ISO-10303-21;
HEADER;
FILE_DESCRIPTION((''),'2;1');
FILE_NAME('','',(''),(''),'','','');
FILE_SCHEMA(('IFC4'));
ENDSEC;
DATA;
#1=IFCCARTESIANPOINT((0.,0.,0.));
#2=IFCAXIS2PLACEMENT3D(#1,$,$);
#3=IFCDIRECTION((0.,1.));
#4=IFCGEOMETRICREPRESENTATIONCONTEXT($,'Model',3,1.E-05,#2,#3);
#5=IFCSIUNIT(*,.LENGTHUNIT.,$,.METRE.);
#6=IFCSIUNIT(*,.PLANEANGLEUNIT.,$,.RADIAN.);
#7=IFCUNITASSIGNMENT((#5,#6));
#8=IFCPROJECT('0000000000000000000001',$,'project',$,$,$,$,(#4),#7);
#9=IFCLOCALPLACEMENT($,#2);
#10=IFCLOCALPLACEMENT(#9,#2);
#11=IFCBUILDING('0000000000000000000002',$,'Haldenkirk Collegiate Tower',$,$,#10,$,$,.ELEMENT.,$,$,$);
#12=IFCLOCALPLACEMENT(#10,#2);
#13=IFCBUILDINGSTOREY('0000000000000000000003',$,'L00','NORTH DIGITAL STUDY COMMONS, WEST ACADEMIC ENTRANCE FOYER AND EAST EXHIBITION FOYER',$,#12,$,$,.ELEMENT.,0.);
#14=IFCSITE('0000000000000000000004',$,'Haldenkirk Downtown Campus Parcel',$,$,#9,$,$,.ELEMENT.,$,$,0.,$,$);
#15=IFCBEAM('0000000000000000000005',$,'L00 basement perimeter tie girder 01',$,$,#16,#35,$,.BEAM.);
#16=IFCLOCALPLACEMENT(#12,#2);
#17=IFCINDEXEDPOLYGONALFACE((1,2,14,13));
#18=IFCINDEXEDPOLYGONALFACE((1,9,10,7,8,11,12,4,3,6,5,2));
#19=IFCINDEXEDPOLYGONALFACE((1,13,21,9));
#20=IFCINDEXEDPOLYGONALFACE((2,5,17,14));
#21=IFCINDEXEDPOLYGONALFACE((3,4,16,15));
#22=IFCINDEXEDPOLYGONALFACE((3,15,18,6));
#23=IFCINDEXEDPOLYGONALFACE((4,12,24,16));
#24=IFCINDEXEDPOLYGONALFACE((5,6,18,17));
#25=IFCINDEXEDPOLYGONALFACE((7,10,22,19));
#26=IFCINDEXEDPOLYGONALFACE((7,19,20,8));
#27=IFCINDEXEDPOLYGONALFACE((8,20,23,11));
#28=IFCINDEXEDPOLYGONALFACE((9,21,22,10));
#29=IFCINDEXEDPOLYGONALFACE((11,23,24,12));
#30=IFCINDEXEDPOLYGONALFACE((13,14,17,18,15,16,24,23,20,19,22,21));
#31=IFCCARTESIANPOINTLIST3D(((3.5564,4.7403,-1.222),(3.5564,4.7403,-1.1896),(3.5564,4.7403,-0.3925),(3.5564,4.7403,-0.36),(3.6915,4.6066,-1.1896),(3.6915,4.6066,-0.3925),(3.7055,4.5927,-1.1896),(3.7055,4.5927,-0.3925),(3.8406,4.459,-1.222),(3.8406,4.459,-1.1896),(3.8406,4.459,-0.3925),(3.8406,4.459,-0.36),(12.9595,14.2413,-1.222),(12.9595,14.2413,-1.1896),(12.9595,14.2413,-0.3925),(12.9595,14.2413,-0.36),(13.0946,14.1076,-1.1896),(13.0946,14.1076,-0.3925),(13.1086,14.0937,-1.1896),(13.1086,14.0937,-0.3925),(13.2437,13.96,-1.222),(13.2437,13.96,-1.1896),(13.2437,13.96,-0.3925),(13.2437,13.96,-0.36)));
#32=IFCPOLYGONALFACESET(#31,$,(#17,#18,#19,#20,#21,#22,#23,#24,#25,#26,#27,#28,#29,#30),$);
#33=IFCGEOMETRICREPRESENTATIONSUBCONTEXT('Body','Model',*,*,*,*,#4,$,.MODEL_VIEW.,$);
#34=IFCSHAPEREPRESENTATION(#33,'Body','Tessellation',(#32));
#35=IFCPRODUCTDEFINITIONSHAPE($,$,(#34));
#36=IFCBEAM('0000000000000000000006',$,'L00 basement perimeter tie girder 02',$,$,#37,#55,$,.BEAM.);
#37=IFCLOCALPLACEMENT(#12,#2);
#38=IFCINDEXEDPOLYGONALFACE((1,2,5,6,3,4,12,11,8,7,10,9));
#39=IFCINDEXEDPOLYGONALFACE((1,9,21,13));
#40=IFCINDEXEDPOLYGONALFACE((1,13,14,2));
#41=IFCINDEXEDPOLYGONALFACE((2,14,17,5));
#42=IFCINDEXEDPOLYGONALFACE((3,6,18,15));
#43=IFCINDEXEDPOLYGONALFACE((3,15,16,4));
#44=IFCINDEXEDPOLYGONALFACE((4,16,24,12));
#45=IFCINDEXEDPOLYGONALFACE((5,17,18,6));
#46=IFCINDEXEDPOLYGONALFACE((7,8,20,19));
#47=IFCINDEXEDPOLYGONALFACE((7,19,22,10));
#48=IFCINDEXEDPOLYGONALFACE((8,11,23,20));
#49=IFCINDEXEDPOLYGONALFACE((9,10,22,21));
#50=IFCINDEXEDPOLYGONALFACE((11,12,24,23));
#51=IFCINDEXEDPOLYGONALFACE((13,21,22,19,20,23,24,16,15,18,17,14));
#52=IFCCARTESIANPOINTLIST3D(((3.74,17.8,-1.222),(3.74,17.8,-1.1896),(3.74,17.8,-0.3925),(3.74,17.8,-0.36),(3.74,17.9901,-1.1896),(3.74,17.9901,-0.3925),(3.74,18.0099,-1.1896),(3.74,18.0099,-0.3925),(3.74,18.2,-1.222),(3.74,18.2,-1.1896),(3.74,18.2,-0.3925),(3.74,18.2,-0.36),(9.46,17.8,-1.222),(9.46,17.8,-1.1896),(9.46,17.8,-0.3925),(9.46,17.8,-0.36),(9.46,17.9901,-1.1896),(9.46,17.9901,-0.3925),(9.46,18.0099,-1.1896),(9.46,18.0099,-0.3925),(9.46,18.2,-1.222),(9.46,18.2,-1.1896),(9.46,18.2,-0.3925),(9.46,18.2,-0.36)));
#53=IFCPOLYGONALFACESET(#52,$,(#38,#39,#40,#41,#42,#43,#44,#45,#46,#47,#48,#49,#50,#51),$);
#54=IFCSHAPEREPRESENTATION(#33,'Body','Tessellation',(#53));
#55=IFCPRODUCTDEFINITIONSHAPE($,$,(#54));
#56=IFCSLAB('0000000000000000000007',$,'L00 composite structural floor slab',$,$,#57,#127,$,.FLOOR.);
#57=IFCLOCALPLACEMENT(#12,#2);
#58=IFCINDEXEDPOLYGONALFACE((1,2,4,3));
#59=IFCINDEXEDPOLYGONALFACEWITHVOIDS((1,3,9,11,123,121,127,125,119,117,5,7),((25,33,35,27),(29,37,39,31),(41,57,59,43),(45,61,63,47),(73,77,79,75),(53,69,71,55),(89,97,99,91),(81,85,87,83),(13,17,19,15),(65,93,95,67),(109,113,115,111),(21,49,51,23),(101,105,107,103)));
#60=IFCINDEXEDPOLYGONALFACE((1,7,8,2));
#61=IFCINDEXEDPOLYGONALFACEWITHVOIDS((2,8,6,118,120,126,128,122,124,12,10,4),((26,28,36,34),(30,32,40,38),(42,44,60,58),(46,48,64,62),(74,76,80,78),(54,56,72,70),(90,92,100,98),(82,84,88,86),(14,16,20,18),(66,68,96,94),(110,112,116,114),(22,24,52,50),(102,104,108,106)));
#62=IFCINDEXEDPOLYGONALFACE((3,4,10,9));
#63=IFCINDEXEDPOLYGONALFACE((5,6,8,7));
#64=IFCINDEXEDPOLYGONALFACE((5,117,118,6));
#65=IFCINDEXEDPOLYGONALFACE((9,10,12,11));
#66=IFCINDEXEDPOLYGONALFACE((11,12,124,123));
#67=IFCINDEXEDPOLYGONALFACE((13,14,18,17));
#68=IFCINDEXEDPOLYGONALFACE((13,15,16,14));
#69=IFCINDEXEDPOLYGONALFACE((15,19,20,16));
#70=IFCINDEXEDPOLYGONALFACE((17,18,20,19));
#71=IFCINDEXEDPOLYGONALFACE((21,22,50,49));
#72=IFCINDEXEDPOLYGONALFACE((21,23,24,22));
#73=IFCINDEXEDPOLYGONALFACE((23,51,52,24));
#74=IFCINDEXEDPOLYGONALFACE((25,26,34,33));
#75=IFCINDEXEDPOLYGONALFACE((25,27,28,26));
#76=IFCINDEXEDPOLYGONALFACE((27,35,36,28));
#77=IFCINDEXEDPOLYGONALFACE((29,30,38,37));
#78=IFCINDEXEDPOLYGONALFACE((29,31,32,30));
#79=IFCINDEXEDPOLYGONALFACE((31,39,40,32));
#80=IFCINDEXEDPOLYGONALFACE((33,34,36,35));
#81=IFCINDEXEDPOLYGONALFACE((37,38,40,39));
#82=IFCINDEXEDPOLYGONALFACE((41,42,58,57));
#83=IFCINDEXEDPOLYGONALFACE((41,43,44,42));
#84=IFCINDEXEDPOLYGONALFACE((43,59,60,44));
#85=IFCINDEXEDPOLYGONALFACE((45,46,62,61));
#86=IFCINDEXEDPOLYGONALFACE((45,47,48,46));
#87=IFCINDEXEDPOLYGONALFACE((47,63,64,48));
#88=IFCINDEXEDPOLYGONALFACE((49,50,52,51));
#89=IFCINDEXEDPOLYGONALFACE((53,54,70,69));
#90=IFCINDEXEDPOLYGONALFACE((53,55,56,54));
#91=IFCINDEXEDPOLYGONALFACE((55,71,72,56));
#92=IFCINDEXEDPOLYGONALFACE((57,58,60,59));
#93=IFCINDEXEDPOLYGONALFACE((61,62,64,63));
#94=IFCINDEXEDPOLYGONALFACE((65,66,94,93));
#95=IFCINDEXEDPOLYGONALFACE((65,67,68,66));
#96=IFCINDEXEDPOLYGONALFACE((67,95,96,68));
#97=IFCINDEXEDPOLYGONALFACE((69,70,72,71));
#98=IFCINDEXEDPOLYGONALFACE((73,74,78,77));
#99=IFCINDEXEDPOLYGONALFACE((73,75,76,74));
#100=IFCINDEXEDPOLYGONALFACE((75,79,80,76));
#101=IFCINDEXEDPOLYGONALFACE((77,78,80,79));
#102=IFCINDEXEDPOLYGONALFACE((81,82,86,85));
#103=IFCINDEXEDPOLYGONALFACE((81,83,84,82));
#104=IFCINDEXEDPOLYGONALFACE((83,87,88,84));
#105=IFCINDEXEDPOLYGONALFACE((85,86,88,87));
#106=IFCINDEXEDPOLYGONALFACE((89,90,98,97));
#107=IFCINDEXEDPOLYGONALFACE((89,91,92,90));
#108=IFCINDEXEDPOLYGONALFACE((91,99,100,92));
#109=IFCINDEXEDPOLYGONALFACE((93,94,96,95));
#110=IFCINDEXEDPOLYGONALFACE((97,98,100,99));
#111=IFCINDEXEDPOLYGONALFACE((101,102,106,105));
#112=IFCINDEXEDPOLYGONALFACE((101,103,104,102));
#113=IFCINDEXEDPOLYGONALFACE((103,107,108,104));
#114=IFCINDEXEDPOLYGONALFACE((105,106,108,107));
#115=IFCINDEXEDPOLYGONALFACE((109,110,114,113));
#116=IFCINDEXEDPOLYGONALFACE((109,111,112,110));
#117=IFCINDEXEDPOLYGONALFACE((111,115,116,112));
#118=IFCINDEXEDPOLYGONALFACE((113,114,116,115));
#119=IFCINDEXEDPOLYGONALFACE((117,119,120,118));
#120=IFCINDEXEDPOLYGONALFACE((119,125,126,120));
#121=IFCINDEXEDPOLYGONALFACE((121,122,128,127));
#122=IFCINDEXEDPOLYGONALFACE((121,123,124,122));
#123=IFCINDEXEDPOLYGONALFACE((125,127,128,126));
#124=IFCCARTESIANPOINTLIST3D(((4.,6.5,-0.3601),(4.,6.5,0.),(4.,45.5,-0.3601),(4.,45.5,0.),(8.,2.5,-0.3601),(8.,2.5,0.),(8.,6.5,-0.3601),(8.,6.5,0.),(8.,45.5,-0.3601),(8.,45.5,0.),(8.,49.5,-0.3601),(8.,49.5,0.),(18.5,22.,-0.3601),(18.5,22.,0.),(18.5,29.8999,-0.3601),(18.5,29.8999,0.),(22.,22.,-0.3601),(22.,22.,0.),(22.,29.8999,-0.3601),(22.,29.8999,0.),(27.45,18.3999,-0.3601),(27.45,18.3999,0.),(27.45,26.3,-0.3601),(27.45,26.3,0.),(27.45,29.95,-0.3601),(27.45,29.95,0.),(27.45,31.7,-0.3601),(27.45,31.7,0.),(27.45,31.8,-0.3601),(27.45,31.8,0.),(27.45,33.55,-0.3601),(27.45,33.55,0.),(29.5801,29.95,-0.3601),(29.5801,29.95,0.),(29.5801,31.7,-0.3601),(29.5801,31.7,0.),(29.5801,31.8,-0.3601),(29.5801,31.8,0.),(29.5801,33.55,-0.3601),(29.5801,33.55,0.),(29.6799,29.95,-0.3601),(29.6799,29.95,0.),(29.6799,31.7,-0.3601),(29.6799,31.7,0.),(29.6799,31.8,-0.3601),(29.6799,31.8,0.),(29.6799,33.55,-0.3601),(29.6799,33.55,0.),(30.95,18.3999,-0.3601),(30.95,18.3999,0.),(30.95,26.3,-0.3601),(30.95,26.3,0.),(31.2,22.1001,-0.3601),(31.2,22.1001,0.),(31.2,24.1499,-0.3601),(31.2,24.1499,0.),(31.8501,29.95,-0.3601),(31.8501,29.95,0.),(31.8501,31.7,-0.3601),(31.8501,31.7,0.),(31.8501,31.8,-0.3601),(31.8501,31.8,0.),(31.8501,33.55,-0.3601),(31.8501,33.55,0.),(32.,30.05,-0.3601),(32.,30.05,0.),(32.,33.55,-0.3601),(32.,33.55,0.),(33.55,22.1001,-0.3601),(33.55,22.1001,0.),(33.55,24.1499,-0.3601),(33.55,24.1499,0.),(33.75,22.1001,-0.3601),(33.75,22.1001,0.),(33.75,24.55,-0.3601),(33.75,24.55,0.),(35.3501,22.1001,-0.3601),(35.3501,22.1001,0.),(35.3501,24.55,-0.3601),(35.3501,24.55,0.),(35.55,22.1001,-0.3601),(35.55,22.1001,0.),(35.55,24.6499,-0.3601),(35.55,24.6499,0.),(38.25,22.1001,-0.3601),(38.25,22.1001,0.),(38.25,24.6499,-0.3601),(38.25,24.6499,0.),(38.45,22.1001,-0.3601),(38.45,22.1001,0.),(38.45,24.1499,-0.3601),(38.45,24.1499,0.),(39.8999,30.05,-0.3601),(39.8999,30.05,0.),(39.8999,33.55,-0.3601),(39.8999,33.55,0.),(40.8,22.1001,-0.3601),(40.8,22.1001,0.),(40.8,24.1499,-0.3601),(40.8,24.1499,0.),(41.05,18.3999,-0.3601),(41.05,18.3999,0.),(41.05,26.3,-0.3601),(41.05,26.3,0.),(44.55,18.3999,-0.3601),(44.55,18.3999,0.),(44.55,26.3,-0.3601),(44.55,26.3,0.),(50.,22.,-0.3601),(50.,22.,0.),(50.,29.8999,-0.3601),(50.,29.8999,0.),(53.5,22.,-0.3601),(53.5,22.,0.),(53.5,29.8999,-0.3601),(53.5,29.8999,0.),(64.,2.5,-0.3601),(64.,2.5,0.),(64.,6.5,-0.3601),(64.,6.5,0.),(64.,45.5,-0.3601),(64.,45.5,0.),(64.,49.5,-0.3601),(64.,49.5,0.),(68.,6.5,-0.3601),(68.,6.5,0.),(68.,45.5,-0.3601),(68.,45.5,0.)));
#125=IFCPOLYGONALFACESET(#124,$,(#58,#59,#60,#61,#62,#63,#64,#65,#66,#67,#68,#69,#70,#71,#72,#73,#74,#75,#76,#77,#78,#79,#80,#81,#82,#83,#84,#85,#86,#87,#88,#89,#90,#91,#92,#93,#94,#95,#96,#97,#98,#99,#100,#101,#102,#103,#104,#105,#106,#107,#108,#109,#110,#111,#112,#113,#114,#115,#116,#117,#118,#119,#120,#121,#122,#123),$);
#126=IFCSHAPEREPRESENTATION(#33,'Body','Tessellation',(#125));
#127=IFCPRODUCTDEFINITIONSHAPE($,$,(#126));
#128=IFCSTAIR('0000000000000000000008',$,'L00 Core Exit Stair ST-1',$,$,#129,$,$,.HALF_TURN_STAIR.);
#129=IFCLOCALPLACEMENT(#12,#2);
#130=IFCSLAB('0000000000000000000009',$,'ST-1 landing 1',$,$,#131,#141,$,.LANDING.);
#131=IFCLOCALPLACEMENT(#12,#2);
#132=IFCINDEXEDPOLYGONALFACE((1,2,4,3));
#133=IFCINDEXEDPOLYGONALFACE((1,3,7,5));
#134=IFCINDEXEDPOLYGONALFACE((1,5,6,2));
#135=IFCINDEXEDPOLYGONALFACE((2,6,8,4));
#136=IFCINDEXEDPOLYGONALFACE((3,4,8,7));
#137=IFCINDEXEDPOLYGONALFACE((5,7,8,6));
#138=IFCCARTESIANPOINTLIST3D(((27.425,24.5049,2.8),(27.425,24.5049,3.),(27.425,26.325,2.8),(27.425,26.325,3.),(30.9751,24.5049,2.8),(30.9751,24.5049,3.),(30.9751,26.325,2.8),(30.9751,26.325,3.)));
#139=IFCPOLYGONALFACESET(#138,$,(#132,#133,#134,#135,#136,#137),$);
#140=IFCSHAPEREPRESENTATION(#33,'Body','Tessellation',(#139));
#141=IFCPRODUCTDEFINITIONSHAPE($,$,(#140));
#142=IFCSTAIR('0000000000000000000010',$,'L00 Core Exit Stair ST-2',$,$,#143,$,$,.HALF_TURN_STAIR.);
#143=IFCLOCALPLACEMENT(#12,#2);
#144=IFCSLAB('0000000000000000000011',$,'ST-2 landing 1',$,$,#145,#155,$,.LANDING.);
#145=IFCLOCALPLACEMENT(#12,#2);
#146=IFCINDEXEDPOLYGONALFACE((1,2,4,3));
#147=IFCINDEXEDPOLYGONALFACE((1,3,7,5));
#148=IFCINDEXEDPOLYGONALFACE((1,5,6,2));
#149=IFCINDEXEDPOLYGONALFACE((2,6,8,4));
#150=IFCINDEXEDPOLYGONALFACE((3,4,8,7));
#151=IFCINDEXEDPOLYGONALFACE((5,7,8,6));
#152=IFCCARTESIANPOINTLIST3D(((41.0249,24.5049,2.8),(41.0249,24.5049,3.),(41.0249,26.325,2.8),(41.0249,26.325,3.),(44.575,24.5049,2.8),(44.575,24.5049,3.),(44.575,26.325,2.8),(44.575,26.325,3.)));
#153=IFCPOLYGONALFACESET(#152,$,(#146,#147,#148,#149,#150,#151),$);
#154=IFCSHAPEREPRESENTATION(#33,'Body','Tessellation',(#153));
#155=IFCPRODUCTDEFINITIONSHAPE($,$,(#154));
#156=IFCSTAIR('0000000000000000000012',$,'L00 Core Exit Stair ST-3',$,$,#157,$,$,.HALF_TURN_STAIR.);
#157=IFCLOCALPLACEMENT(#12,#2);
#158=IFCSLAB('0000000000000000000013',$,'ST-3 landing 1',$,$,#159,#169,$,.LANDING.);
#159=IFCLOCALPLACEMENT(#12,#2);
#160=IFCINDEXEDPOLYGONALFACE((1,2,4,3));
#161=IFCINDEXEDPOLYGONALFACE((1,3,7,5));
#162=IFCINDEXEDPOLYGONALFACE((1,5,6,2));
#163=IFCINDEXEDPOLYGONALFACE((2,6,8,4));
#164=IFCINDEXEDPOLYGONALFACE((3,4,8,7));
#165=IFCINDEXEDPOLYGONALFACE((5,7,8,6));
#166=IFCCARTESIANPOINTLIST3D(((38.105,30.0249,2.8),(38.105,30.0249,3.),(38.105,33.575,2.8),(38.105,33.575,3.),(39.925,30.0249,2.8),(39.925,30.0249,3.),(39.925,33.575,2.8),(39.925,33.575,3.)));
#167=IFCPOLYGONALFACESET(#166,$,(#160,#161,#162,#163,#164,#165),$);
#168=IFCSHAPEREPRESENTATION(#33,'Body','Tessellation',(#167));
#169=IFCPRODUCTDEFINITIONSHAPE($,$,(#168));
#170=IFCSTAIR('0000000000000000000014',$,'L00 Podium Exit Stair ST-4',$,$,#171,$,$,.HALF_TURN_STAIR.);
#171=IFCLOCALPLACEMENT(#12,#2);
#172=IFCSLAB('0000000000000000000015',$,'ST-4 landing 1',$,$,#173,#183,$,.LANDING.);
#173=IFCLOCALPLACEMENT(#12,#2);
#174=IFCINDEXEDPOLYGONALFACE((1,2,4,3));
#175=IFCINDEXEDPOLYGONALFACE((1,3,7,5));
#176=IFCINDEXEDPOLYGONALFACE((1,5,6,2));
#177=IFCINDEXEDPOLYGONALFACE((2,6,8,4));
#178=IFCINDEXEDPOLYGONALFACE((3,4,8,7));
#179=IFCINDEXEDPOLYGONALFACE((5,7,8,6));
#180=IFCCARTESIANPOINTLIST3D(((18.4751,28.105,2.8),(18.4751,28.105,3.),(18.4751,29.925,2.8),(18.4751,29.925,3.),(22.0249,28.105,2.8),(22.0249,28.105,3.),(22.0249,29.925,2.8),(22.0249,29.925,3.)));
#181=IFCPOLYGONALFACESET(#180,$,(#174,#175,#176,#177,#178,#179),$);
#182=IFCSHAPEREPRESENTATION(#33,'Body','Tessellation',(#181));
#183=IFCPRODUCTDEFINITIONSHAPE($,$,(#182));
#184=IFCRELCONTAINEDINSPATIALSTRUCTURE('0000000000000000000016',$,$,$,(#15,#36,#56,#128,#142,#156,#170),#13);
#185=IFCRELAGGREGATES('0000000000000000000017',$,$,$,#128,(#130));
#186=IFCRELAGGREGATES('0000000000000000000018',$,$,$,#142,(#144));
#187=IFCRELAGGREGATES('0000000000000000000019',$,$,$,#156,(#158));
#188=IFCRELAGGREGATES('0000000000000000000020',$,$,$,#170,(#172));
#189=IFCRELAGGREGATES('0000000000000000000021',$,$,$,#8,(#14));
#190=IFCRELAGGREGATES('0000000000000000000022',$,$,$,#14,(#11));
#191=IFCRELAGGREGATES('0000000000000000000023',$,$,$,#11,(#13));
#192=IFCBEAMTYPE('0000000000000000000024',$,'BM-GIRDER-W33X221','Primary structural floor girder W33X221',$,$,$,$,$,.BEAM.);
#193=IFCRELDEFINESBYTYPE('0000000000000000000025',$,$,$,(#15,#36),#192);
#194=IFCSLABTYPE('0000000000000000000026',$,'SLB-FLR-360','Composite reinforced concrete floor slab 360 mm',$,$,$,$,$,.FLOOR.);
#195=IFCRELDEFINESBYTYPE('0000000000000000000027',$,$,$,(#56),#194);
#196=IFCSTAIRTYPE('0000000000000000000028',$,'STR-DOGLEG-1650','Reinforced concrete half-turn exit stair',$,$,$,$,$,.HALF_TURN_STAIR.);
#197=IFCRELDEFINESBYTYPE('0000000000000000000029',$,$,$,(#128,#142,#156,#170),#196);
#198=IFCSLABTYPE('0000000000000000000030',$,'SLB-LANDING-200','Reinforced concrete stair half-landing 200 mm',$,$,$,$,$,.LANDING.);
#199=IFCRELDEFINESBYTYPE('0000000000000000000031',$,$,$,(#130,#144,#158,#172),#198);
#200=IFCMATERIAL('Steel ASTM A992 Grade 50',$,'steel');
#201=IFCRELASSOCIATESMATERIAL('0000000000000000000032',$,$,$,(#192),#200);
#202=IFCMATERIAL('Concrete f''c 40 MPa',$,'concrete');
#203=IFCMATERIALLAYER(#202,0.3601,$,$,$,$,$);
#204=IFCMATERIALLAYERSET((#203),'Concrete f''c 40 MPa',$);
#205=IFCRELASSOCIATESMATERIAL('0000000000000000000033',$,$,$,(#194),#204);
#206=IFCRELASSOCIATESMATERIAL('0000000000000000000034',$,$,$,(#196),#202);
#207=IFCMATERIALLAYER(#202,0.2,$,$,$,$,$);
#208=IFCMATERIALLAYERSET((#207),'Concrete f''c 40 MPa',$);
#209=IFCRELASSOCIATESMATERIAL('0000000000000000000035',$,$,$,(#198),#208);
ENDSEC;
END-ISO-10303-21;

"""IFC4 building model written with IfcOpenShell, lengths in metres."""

from ifc_helpers import new_model, si_unit, direction, frame, origin, origin_2d, place, context, subcontext, project, spatial, polyline, i_section, outline, extrude, material, layer, layer_set, material_profile, profile_set, type_object, element, aggregate, save


model = new_model("IFC4")

# Units and contexts
model_context = context("Model", 3, precision=1e-05, world=origin(), true_north=direction((0.0, 1.0)))
body_context = subcontext(model_context, "Body", "Model", "MODEL_VIEW")
ifc_project = project(units=[si_unit("LENGTHUNIT", "METRE"), si_unit("PLANEANGLEUNIT", "RADIAN")], contexts=[model_context])

# Site, building, storey
site_placement = place(None, origin())
site = spatial("IfcSite", under=ifc_project, at=site_placement, Name="Haldenkirk Downtown Campus Parcel", CompositionType="ELEMENT", RefElevation=0.0)
building_placement = place(site_placement, origin())
building = spatial("IfcBuilding", under=site, at=building_placement, Name="Haldenkirk Collegiate Tower", CompositionType="ELEMENT")
storey_placement = place(building_placement, origin())
storey = spatial("IfcBuildingStorey", under=building, at=storey_placement, Name="L00", Description="NORTH DIGITAL STUDY COMMONS, WEST ACADEMIC ENTRANCE FOYER AND EAST EXHIBITION FOYER", CompositionType="ELEMENT", Elevation=0.0)

# Beams
ifc_material_1 = material(Name="Steel ASTM A992 Grade 50", Category="steel")
ifc_material_profile = material_profile(ifc_material_1, i_section(OverallWidth=0.3999, OverallDepth=0.8621, WebThickness=0.0198, FlangeThickness=0.0325, at=origin_2d()), Name="W33X221")
ifc_profile_set = profile_set([ifc_material_profile], Name="Steel ASTM A992 Grade 50")
beam_type = type_object("IfcBeamType", Name="BM-GIRDER-W33X221", Description="Primary structural floor girder W33X221", PredefinedType="BEAM", material=ifc_profile_set)
beam_1_placement = place(storey_placement, frame((3.6985, 4.5996, -0.791), z_axis=(0.703435, 0.710759, 0.0), x_axis=(-0.710759, 0.703435, 0.0)))
element("IfcBeam", 1, at=beam_1_placement, inside=storey, type_object=beam_type, Name="L00 basement perimeter tie girder 01", PredefinedType="BEAM", context=body_context, shape_type="SweptSolid", body=[
    extrude(i_section(OverallWidth=0.3999, OverallDepth=0.8621, WebThickness=0.0198, FlangeThickness=0.0325, at=origin_2d()), origin(), (0.0, 0.0, 1.0), 13.3674),
])
beam_2_placement = place(storey_placement, frame((3.74, 18.0, -0.791), z_axis=(1.0, 0.0, 0.0), x_axis=(0.0, 1.0, 0.0)))
element("IfcBeam", 2, at=beam_2_placement, inside=storey, type_object=beam_type, Name="L00 basement perimeter tie girder 02", PredefinedType="BEAM", context=body_context, shape_type="SweptSolid", body=[
    extrude(i_section(OverallWidth=0.3999, OverallDepth=0.8621, WebThickness=0.0198, FlangeThickness=0.0325, at=origin_2d()), origin(), (0.0, 0.0, 1.0), 5.72),
])

# Slab
ifc_material_2 = material(Name="Concrete f'c 40 MPa", Category="concrete")
ifc_layer_1 = layer(ifc_material_2, 0.3601)
ifc_layer_set_1 = layer_set([ifc_layer_1], Name="Concrete f'c 40 MPa")
slab_type_1 = type_object("IfcSlabType", Name="SLB-FLR-360", Description="Composite reinforced concrete floor slab 360 mm", PredefinedType="FLOOR", material=ifc_layer_set_1)
slab_1_placement = place(storey_placement, frame((0.0, 0.0, -0.3601)))
element("IfcSlab", 3, at=slab_1_placement, inside=storey, type_object=slab_type_1, Name="L00 composite structural floor slab", PredefinedType="FLOOR", context=body_context, shape_type="SweptSolid", body=[
    extrude(outline(polyline([(8.0, 2.5), (64.0, 2.5), (64.0, 6.5), (68.0, 6.5), (68.0, 45.5), (64.0, 45.5), (64.0, 49.5), (8.0, 49.5), (8.0, 45.5), (4.0, 45.5), (4.0, 6.5), (8.0, 6.5), (8.0, 2.5)]), holes=[polyline([(27.45, 18.3999), (30.95, 18.3999), (30.95, 26.3), (27.45, 26.3), (27.45, 18.3999)]), polyline([(41.05, 18.3999), (44.55, 18.3999), (44.55, 26.3), (41.05, 26.3), (41.05, 18.3999)]), polyline([(32.0, 30.05), (39.8999, 30.05), (39.8999, 33.55), (32.0, 33.55), (32.0, 30.05)]), polyline([(33.75, 22.1001), (35.3501, 22.1001), (35.3501, 24.55), (33.75, 24.55), (33.75, 22.1001)]), polyline([(18.5, 22.0), (22.0, 22.0), (22.0, 29.8999), (18.5, 29.8999), (18.5, 22.0)]), polyline([(50.0, 22.0), (53.5, 22.0), (53.5, 29.8999), (50.0, 29.8999), (50.0, 22.0)]), polyline([(27.45, 29.95), (29.5801, 29.95), (29.5801, 31.7), (27.45, 31.7), (27.45, 29.95)]), polyline([(29.6799, 29.95), (31.8501, 29.95), (31.8501, 31.7), (29.6799, 31.7), (29.6799, 29.95)]), polyline([(27.45, 31.8), (29.5801, 31.8), (29.5801, 33.55), (27.45, 33.55), (27.45, 31.8)]), polyline([(29.6799, 31.8), (31.8501, 31.8), (31.8501, 33.55), (29.6799, 33.55), (29.6799, 31.8)]), polyline([(31.2, 22.1001), (33.55, 22.1001), (33.55, 24.1499), (31.2, 24.1499), (31.2, 22.1001)]), polyline([(38.45, 22.1001), (40.8, 22.1001), (40.8, 24.1499), (38.45, 24.1499), (38.45, 22.1001)]), polyline([(35.55, 22.1001), (38.25, 22.1001), (38.25, 24.6499), (35.55, 24.6499), (35.55, 22.1001)])]), origin(), (0.0, 0.0, 1.0), 0.3601),
])

# Stairs, slabs
stair_type = type_object("IfcStairType", Name="STR-DOGLEG-1650", Description="Reinforced concrete half-turn exit stair", PredefinedType="HALF_TURN_STAIR", material=ifc_material_2)
stair_1_placement = place(storey_placement, origin())
stair_1 = element("IfcStair", 4, at=stair_1_placement, inside=storey, type_object=stair_type, Name="L00 Core Exit Stair ST-1", PredefinedType="HALF_TURN_STAIR")
ifc_layer_2 = layer(ifc_material_2, 0.2)
ifc_layer_set_2 = layer_set([ifc_layer_2], Name="Concrete f'c 40 MPa")
slab_type_2 = type_object("IfcSlabType", Name="SLB-LANDING-200", Description="Reinforced concrete stair half-landing 200 mm", PredefinedType="LANDING", material=ifc_layer_set_2)
slab_2_placement = place(storey_placement, frame((0.0, 0.0, 2.8)))
slab_2 = element("IfcSlab", 5, at=slab_2_placement, type_object=slab_type_2, Name="ST-1 landing 1", PredefinedType="LANDING", context=body_context, shape_type="SweptSolid", body=[
    extrude(outline(polyline([(30.9751, 24.5049), (27.425, 24.5049), (27.425, 26.325), (30.9751, 26.325), (30.9751, 24.5049)])), origin(), (0.0, 0.0, 1.0), 0.2),
])
aggregate(stair_1, [slab_2])
stair_2_placement = place(storey_placement, origin())
stair_2 = element("IfcStair", 6, at=stair_2_placement, inside=storey, type_object=stair_type, Name="L00 Core Exit Stair ST-2", PredefinedType="HALF_TURN_STAIR")
slab_3_placement = place(storey_placement, frame((0.0, 0.0, 2.8)))
slab_3 = element("IfcSlab", 7, at=slab_3_placement, type_object=slab_type_2, Name="ST-2 landing 1", PredefinedType="LANDING", context=body_context, shape_type="SweptSolid", body=[
    extrude(outline(polyline([(44.575, 24.5049), (41.0249, 24.5049), (41.0249, 26.325), (44.575, 26.325), (44.575, 24.5049)])), origin(), (0.0, 0.0, 1.0), 0.2),
])
aggregate(stair_2, [slab_3])
stair_3_placement = place(storey_placement, origin())
stair_3 = element("IfcStair", 8, at=stair_3_placement, inside=storey, type_object=stair_type, Name="L00 Core Exit Stair ST-3", PredefinedType="HALF_TURN_STAIR")
slab_4_placement = place(storey_placement, frame((0.0, 0.0, 2.8)))
slab_4 = element("IfcSlab", 9, at=slab_4_placement, type_object=slab_type_2, Name="ST-3 landing 1", PredefinedType="LANDING", context=body_context, shape_type="SweptSolid", body=[
    extrude(outline(polyline([(38.105, 30.0249), (38.105, 33.575), (39.925, 33.575), (39.925, 30.0249), (38.105, 30.0249)])), origin(), (0.0, 0.0, 1.0), 0.2),
])
aggregate(stair_3, [slab_4])
stair_4_placement = place(storey_placement, origin())
stair_4 = element("IfcStair", 10, at=stair_4_placement, inside=storey, type_object=stair_type, Name="L00 Podium Exit Stair ST-4", PredefinedType="HALF_TURN_STAIR")
slab_5_placement = place(storey_placement, frame((0.0, 0.0, 2.8)))
slab_5 = element("IfcSlab", 11, at=slab_5_placement, type_object=slab_type_2, Name="ST-4 landing 1", PredefinedType="LANDING", context=body_context, shape_type="SweptSolid", body=[
    extrude(outline(polyline([(22.0249, 28.105), (18.4751, 28.105), (18.4751, 29.925), (22.0249, 29.925), (22.0249, 28.105)])), origin(), (0.0, 0.0, 1.0), 0.2),
])
aggregate(stair_4, [slab_5])

save(model, "model.ifc")
